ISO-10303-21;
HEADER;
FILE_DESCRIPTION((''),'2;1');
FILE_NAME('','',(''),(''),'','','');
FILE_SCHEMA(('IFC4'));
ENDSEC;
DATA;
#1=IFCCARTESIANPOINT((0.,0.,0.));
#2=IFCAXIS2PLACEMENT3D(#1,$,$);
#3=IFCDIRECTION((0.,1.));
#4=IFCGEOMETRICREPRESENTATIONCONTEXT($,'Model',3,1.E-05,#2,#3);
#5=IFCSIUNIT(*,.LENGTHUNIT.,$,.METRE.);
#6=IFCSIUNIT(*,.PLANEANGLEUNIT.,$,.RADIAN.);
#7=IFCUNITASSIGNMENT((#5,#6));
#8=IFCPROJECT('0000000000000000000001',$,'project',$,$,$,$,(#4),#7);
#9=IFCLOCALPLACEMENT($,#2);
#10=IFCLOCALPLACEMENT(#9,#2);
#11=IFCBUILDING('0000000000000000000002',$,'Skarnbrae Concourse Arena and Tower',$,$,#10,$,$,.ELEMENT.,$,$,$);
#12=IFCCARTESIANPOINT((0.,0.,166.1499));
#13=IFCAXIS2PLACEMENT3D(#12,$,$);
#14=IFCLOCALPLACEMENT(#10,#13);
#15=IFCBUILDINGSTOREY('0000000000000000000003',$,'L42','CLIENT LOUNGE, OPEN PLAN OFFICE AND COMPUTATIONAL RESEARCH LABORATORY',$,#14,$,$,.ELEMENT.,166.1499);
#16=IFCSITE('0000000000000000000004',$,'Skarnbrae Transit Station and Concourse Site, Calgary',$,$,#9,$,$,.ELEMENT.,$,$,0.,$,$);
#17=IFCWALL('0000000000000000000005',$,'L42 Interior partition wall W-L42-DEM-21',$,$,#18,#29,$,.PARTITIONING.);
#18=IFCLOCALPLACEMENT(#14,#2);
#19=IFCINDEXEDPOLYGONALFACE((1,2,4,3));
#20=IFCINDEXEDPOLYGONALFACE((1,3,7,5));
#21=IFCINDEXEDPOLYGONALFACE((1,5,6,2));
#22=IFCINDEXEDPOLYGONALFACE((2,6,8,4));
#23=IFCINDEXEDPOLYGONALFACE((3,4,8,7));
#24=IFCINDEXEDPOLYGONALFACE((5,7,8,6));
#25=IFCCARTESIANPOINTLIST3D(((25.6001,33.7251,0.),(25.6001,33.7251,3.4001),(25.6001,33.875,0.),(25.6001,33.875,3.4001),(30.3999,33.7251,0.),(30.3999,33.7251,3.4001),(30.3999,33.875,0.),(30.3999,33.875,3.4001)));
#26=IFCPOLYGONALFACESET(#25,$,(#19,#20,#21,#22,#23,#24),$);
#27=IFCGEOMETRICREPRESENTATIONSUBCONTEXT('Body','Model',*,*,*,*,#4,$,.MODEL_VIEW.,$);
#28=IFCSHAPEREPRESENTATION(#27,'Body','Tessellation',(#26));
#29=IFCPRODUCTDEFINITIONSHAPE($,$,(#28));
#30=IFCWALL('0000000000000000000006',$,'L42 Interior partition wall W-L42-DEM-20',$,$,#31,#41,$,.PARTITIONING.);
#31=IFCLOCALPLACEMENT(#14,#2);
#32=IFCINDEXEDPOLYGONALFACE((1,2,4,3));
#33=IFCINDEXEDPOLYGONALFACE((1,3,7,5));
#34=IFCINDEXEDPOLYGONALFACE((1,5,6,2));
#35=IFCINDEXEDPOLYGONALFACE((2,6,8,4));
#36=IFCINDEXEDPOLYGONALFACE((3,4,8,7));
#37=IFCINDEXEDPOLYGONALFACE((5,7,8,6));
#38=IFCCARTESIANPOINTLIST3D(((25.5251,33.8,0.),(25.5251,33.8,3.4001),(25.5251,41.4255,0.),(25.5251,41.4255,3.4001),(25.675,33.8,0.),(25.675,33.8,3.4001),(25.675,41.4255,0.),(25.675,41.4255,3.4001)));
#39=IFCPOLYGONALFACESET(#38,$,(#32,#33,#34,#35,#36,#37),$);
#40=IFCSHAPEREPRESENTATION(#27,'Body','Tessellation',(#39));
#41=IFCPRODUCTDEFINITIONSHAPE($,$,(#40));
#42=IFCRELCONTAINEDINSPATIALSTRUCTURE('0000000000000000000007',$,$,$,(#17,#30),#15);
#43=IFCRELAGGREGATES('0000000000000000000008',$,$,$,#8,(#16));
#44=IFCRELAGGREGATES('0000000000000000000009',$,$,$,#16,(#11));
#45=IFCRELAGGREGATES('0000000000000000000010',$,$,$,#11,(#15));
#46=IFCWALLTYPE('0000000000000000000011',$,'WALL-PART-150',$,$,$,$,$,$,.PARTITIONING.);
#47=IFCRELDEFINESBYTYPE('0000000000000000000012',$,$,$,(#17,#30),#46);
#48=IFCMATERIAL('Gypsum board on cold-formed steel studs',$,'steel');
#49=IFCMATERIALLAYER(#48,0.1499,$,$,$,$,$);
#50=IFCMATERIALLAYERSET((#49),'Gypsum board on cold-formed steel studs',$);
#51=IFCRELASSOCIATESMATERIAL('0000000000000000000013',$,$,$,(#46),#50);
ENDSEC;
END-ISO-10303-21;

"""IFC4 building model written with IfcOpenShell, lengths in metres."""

from ifc_helpers import new_model, si_unit, direction, frame, frame_2d, origin, place, context, subcontext, project, spatial, rectangle, extrude, source, transform, mapped, material, layer, layer_set, type_object, element, save


model = new_model("IFC4")

# Units and contexts
model_context = context("Model", 3, precision=1e-05, world=origin(), true_north=direction((0.0, 1.0)))
body_context = subcontext(model_context, "Body", "Model", "MODEL_VIEW")
ifc_project = project(units=[si_unit("LENGTHUNIT", "METRE"), si_unit("PLANEANGLEUNIT", "RADIAN")], contexts=[model_context])

# Site, building, storey
site_placement = place(None, origin())
site = spatial("IfcSite", under=ifc_project, at=site_placement, Name="Skarnbrae Transit Station and Concourse Site, Calgary", CompositionType="ELEMENT", RefElevation=0.0)
building_placement = place(site_placement, origin())
building = spatial("IfcBuilding", under=site, at=building_placement, Name="Skarnbrae Concourse Arena and Tower", CompositionType="ELEMENT")
storey_placement = place(building_placement, frame((0.0, 0.0, 166.1499)))
storey = spatial("IfcBuildingStorey", under=building, at=storey_placement, Name="L42", Description="CLIENT LOUNGE, OPEN PLAN OFFICE AND COMPUTATIONAL RESEARCH LABORATORY", CompositionType="ELEMENT", Elevation=166.1499)

# Shared definitions
ifc_material_1 = material(Name="Gypsum board on cold-formed steel studs", Category="steel")

# Walls
ifc_layer_1 = layer(ifc_material_1, 0.1499)
ifc_layer_set_1 = layer_set([ifc_layer_1], Name="Gypsum board on cold-formed steel studs")
wall_type_1 = type_object("IfcWallType", Name="WALL-PART-150", PredefinedType="PARTITIONING", material=ifc_layer_set_1)
shared_shape_1 = source(origin(), body_context, "Body", "SweptSolid", [
    extrude(rectangle(XDim=4.7998, YDim=0.1499, at=frame_2d((2.3999, 0.0))), origin(), (0.0, 0.0, 1.0), 3.4001),
])
wall_1_placement = place(storey_placement, frame((25.6001, 33.8, 0.0), z_axis=(0.0, 0.0, 1.0), x_axis=(1.0, 0.0, 0.0)))
element("IfcWall", 1, at=wall_1_placement, inside=storey, type_object=wall_type_1, Name="L42 Interior partition wall W-L42-DEM-21", PredefinedType="PARTITIONING", context=body_context, shape_type="MappedRepresentation", body=[
    mapped(shared_shape_1, transform((0.0, 0.0, 0.0))),
])
shared_shape_2 = source(origin(), body_context, "Body", "SweptSolid", [
    extrude(rectangle(XDim=7.6255, YDim=0.1499, at=frame_2d((3.8127, 0.0))), origin(), (0.0, 0.0, 1.0), 3.4001),
])
wall_2_placement = place(storey_placement, frame((25.6001, 41.4255, 0.0), z_axis=(0.0, 0.0, 1.0), x_axis=(0.0, -1.0, 0.0)))
element("IfcWall", 2, at=wall_2_placement, inside=storey, type_object=wall_type_1, Name="L42 Interior partition wall W-L42-DEM-20", PredefinedType="PARTITIONING", context=body_context, shape_type="MappedRepresentation", body=[
    mapped(shared_shape_2, transform((0.0, 0.0, 0.0))),
])

save(model, "model.ifc")
